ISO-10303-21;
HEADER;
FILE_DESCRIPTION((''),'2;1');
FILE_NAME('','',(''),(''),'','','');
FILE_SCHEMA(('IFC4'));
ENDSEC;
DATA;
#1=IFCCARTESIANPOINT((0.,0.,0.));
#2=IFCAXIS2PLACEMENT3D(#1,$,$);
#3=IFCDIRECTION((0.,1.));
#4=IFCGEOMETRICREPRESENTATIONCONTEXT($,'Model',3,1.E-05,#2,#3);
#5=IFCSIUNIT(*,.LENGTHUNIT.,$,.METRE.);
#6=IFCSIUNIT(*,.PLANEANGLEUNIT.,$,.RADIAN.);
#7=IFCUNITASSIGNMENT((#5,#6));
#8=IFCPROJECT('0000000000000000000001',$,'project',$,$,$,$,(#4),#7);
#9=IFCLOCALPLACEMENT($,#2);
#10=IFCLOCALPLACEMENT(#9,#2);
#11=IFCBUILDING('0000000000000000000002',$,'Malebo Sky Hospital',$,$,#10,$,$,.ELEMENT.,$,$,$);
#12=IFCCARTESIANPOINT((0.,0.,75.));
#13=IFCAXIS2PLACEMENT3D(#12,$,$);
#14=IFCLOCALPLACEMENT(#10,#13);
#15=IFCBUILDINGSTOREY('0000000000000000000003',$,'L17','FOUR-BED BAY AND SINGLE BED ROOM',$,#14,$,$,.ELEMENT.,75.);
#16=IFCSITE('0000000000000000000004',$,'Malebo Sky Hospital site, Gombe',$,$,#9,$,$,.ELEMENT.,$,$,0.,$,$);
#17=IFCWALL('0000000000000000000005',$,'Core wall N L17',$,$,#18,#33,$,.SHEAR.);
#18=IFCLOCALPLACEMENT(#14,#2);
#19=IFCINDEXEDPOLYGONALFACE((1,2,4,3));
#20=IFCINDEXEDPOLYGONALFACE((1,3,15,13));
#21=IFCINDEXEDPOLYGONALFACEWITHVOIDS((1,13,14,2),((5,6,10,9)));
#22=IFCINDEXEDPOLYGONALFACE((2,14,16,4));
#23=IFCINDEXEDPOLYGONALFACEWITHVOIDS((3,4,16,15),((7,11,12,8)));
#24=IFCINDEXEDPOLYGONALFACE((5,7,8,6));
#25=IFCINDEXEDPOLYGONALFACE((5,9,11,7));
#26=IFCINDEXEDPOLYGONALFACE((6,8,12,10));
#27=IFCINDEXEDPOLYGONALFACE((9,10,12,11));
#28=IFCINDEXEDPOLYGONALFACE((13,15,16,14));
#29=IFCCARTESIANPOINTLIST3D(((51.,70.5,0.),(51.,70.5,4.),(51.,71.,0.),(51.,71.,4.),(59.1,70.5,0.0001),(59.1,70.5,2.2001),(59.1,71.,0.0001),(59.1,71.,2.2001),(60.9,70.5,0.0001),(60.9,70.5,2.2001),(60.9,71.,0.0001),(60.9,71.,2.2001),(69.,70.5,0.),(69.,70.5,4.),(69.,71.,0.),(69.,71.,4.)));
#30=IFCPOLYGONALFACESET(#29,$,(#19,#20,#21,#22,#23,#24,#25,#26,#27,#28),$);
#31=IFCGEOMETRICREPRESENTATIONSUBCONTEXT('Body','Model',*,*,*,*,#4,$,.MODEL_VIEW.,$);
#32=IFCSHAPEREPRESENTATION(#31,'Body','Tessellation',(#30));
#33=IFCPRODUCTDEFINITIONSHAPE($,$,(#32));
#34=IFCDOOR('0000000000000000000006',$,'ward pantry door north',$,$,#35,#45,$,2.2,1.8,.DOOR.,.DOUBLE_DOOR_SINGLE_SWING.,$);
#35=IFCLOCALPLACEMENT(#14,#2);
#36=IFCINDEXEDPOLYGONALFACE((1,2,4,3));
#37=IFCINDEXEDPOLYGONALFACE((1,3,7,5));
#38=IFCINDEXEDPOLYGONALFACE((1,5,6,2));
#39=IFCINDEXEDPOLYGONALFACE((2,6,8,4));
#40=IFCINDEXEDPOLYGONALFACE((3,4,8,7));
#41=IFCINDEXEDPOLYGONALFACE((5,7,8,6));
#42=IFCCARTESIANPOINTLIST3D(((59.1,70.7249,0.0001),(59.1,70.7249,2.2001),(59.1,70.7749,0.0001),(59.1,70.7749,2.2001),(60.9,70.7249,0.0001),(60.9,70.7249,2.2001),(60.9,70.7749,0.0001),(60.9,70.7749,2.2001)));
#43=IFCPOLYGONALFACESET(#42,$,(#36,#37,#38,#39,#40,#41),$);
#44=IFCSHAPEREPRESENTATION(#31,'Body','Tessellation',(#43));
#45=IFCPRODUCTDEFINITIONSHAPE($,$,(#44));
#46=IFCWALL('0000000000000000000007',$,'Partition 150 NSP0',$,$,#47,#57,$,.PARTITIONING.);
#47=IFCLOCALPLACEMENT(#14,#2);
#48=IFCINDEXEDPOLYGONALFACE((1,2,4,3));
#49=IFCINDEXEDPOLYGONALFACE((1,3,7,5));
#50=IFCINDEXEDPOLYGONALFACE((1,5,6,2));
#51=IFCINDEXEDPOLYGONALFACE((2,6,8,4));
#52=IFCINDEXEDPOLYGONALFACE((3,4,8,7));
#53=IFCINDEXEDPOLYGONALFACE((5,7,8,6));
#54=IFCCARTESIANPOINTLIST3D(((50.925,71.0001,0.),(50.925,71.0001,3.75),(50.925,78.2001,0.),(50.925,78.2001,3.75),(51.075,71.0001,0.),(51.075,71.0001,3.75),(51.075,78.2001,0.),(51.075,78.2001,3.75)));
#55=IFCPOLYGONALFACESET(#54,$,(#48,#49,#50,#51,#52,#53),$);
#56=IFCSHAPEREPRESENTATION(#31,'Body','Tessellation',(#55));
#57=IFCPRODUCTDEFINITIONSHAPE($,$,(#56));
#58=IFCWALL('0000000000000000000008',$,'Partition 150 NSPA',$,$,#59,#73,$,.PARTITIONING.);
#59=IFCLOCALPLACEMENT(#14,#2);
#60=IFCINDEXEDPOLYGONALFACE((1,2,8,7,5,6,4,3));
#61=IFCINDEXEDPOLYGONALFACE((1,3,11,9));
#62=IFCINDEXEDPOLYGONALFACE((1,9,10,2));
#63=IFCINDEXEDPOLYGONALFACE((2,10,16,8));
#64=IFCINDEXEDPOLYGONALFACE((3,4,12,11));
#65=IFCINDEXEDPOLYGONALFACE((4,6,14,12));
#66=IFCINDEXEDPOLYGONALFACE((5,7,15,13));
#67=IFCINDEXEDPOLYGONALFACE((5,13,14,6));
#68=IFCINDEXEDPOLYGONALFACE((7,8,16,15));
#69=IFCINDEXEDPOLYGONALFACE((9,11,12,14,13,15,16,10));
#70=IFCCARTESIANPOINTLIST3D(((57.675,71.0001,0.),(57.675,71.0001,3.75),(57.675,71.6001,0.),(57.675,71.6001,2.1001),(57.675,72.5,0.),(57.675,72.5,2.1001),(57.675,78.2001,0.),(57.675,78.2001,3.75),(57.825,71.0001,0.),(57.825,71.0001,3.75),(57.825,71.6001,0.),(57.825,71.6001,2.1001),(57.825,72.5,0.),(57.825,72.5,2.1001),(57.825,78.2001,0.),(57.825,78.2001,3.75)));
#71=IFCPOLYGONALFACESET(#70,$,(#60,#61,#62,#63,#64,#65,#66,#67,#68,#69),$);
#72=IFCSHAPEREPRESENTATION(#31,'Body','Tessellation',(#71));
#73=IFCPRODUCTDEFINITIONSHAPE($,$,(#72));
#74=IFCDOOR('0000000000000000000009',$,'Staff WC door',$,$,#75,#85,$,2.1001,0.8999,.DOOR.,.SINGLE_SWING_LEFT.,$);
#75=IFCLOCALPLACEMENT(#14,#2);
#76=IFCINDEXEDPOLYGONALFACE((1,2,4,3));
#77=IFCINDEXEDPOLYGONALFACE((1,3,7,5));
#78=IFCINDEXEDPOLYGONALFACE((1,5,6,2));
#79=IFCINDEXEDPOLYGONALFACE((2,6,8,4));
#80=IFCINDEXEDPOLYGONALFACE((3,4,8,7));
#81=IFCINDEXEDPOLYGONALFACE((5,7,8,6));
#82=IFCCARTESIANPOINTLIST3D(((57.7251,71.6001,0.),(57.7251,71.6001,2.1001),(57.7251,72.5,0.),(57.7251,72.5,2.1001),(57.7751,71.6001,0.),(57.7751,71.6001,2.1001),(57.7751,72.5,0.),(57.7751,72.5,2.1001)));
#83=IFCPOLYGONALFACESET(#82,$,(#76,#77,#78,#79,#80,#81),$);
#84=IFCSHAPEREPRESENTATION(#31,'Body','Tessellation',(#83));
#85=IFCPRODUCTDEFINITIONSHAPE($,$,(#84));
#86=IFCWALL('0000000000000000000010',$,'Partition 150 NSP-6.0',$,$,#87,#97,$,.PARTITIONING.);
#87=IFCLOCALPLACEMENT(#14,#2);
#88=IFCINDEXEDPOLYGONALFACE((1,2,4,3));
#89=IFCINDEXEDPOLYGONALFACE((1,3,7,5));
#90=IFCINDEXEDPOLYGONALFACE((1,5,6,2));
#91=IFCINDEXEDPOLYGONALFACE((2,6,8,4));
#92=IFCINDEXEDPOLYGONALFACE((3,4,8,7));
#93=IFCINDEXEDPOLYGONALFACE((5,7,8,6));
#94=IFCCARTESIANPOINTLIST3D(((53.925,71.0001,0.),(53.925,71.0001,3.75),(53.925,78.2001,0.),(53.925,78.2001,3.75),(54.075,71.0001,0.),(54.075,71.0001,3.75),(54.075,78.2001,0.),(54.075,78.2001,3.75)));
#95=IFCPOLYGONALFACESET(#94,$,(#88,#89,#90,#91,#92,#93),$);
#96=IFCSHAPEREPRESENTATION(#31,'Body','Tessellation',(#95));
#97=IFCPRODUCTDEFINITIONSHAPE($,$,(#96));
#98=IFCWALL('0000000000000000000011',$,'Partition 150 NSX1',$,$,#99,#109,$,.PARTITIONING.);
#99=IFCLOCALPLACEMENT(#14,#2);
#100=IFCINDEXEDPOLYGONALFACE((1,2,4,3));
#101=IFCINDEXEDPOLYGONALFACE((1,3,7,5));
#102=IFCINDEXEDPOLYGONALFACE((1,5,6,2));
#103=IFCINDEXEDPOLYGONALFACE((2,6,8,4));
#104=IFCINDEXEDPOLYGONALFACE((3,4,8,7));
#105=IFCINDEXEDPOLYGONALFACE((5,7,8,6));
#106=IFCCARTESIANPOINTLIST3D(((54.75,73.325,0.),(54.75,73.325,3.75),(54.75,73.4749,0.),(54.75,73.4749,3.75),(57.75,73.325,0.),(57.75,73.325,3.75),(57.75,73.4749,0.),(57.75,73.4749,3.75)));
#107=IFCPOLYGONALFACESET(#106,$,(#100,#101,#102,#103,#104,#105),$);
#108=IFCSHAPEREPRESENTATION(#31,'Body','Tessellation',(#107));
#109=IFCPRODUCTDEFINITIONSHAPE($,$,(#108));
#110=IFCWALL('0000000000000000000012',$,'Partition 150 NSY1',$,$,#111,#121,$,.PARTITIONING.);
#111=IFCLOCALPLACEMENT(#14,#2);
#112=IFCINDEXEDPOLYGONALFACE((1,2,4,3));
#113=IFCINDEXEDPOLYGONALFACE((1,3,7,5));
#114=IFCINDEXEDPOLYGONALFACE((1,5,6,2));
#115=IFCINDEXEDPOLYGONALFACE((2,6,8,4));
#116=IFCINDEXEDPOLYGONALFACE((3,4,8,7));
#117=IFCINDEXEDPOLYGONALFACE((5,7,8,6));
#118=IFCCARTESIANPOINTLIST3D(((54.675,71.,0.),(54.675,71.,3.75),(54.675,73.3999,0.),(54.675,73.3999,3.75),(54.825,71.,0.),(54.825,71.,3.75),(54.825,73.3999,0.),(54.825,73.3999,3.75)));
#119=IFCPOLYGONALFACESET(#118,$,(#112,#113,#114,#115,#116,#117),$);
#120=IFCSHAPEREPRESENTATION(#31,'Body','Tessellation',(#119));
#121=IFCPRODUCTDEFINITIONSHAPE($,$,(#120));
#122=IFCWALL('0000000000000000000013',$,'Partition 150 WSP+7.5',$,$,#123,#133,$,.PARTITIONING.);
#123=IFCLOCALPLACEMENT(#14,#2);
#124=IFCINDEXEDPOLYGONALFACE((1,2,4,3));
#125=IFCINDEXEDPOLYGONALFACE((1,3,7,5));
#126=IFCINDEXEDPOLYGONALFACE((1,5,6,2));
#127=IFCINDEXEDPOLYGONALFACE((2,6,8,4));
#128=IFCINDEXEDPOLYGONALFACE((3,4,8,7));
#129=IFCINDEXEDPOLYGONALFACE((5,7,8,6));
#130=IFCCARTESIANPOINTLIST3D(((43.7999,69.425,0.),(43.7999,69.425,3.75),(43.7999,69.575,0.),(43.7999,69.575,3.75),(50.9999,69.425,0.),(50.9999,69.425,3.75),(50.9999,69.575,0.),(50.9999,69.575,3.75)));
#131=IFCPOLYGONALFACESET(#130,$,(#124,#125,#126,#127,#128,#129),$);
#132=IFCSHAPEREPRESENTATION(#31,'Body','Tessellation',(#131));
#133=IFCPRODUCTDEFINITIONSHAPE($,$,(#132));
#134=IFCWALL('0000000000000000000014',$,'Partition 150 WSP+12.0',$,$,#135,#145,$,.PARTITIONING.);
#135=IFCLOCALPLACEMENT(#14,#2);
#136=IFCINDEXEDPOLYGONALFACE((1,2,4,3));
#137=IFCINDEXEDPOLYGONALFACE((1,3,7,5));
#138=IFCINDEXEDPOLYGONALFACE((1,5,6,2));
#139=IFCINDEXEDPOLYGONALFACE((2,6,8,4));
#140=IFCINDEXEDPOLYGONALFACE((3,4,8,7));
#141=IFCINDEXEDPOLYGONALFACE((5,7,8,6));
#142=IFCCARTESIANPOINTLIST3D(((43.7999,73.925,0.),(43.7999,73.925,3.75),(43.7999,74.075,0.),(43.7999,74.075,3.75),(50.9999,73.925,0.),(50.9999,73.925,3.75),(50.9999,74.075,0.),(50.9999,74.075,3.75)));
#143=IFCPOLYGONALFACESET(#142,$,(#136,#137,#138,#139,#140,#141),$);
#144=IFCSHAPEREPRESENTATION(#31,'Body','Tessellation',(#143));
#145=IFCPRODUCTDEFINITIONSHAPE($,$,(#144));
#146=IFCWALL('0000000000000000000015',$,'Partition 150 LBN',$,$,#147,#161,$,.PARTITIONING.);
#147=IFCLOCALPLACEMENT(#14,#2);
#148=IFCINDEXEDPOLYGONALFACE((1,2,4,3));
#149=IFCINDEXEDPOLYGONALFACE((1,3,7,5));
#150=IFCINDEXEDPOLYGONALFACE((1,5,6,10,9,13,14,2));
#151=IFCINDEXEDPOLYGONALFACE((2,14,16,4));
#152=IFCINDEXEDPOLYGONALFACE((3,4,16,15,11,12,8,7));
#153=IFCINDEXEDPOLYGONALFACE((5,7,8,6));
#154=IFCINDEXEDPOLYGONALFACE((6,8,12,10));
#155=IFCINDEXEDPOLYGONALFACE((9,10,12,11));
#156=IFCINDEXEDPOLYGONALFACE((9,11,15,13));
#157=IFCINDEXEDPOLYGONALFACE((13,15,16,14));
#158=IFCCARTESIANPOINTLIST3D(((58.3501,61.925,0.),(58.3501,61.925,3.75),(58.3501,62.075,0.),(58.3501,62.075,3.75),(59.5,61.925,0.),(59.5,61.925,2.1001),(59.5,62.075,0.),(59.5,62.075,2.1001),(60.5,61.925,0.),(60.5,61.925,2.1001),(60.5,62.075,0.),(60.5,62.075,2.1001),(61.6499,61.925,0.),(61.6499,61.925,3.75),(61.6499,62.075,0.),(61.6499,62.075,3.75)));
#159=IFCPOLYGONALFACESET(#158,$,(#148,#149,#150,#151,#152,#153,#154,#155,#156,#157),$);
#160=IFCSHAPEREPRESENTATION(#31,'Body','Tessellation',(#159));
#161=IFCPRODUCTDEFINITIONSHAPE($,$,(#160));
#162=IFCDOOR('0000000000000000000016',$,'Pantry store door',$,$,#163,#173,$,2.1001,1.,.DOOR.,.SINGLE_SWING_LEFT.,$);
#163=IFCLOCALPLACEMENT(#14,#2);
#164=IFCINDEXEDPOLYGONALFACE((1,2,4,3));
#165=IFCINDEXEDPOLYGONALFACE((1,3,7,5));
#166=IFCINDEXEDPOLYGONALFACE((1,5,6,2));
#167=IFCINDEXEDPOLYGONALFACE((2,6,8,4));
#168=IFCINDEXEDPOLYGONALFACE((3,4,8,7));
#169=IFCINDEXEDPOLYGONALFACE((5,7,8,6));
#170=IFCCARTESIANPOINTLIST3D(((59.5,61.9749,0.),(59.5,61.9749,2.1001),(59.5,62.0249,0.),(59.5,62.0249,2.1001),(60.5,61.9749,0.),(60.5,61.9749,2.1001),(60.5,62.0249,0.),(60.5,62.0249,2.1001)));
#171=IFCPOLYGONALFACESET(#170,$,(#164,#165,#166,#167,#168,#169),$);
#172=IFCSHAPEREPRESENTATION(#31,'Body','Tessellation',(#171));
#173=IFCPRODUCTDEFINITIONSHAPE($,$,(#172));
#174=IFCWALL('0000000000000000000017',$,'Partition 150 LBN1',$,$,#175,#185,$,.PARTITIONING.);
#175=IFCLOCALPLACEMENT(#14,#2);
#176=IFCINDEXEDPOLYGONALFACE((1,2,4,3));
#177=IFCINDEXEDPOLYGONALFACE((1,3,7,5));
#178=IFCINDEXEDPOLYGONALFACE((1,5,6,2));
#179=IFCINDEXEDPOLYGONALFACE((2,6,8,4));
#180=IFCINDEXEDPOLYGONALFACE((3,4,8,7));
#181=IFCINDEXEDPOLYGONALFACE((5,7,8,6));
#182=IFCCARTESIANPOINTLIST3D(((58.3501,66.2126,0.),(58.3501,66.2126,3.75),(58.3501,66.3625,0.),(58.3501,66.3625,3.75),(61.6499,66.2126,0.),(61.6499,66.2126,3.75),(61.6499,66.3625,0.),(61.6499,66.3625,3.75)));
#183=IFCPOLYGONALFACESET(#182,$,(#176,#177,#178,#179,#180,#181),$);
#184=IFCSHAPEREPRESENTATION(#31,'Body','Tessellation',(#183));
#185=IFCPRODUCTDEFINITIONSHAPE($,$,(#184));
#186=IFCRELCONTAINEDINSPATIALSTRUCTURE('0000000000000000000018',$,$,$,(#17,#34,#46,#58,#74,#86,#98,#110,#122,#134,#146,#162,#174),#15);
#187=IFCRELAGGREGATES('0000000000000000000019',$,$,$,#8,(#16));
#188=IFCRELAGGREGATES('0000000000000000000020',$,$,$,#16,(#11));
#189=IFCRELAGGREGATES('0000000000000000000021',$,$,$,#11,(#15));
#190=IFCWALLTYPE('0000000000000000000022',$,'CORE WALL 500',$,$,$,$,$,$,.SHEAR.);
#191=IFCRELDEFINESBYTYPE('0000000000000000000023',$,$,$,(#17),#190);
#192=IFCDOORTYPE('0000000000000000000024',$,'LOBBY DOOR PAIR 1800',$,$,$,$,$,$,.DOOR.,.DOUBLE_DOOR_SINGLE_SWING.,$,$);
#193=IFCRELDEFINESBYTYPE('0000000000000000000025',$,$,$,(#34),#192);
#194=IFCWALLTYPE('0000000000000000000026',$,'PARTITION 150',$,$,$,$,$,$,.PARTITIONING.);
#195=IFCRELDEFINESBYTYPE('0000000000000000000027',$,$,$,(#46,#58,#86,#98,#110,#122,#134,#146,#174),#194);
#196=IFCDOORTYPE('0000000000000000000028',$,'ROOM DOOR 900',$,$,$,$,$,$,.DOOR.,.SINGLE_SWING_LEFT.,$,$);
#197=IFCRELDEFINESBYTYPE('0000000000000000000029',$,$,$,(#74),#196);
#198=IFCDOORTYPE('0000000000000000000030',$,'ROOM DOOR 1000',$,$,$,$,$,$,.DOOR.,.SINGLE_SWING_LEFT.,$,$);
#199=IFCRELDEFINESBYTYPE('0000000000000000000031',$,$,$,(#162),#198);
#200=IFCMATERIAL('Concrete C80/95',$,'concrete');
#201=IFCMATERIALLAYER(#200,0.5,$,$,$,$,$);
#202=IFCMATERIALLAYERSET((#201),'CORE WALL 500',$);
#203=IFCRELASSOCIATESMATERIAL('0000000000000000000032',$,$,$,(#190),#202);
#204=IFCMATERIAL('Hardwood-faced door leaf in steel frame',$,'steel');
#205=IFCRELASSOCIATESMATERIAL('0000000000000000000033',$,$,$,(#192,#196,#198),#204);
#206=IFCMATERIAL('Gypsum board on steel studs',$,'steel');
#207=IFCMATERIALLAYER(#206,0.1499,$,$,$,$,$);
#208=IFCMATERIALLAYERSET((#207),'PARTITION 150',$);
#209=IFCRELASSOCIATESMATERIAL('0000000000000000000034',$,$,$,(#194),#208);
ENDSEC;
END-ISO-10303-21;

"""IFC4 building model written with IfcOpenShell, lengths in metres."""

from ifc_helpers import new_model, si_unit, direction, frame, frame_2d, origin, place, context, subcontext, project, spatial, rectangle, extrude, material, layer, layer_set, type_object, element, fill, save


model = new_model("IFC4")

# Units and contexts
model_context = context("Model", 3, precision=1e-05, world=origin(), true_north=direction((0.0, 1.0)))
body_context = subcontext(model_context, "Body", "Model", "MODEL_VIEW")
ifc_project = project(units=[si_unit("LENGTHUNIT", "METRE"), si_unit("PLANEANGLEUNIT", "RADIAN")], contexts=[model_context])

# Site, building, storey
site_placement = place(None, origin())
site = spatial("IfcSite", under=ifc_project, at=site_placement, Name="Malebo Sky Hospital site, Gombe", CompositionType="ELEMENT", RefElevation=0.0)
building_placement = place(site_placement, origin())
building = spatial("IfcBuilding", under=site, at=building_placement, Name="Malebo Sky Hospital", CompositionType="ELEMENT")
storey_placement = place(building_placement, frame((0.0, 0.0, 75.0)))
storey = spatial("IfcBuildingStorey", under=building, at=storey_placement, Name="L17", Description="FOUR-BED BAY AND SINGLE BED ROOM", CompositionType="ELEMENT", Elevation=75.0)

# Shared definitions
ifc_material_1 = material(Name="Concrete C80/95", Category="concrete")

# Wall, opening, door
ifc_material_2 = material(Name="Hardwood-faced door leaf in steel frame", Category="steel")
ifc_layer_1 = layer(ifc_material_1, 0.5)
ifc_layer_set_1 = layer_set([ifc_layer_1], Name="CORE WALL 500")
wall_type_1 = type_object("IfcWallType", Name="CORE WALL 500", PredefinedType="SHEAR", material=ifc_layer_set_1)
wall_1_placement = place(storey_placement, frame((51.0, 70.75, 0.0), z_axis=(0.0, 0.0, 1.0), x_axis=(1.0, 0.0, 0.0)))
wall_1 = element("IfcWall", 1, at=wall_1_placement, inside=storey, type_object=wall_type_1, Name="Core wall N L17", PredefinedType="SHEAR", context=body_context, shape_type="SweptSolid", body=[
    extrude(rectangle(XDim=18.0, YDim=0.5, at=frame_2d((9.0, 0.0))), origin(), (0.0, 0.0, 1.0), 4.0),
])
opening_1_placement = place(wall_1_placement, frame((8.1001, 0.0, 0.0)))
opening_1 = element("IfcOpeningElement", 2, at=opening_1_placement, cuts=wall_1, PredefinedType="OPENING", context=body_context, shape_type="SweptSolid", body=[
    extrude(rectangle(XDim=1.8, YDim=2.2, at=frame_2d((0.8999, 1.1001))), frame((0.0, 0.26, 0.0), z_axis=(0.0, -1.0, 0.0), x_axis=(1.0, 0.0, 0.0)), (0.0, 0.0, 1.0), 0.52),
])
door_type_1 = type_object("IfcDoorType", Name="LOBBY DOOR PAIR 1800", OperationType="DOUBLE_DOOR_SINGLE_SWING", PredefinedType="DOOR", material=ifc_material_2)
door_1_placement = place(opening_1_placement, origin())
door_1 = element("IfcDoor", 3, at=door_1_placement, inside=storey, type_object=door_type_1, Name="ward pantry door north", OperationType="DOUBLE_DOOR_SINGLE_SWING", OverallHeight=2.2, OverallWidth=1.8, PredefinedType="DOOR", context=body_context, shape_type="SweptSolid", body=[
    extrude(rectangle(XDim=1.8, YDim=2.2, at=frame_2d((0.8999, 1.1001))), frame((0.0, 0.0249, 0.0), z_axis=(0.0, -1.0, 0.0), x_axis=(1.0, 0.0, 0.0)), (0.0, 0.0, 1.0), 0.05),
])
fill(opening_1, door_1)

# Wall
ifc_material_3 = material(Name="Gypsum board on steel studs", Category="steel")
ifc_layer_2 = layer(ifc_material_3, 0.1499)
ifc_layer_set_2 = layer_set([ifc_layer_2], Name="PARTITION 150")
wall_type_2 = type_object("IfcWallType", Name="PARTITION 150", PredefinedType="PARTITIONING", material=ifc_layer_set_2)
wall_2_placement = place(storey_placement, frame((51.0, 71.0, 0.0), z_axis=(0.0, 0.0, 1.0), x_axis=(0.0, 1.0, 0.0)))
element("IfcWall", 4, at=wall_2_placement, inside=storey, type_object=wall_type_2, Name="Partition 150 NSP0", PredefinedType="PARTITIONING", context=body_context, shape_type="SweptSolid", body=[
    extrude(rectangle(XDim=7.2, YDim=0.1499, at=frame_2d((3.6001, 0.0))), origin(), (0.0, 0.0, 1.0), 3.75),
])

# Wall, opening, door
wall_3_placement = place(storey_placement, frame((57.75, 71.0, 0.0), z_axis=(0.0, 0.0, 1.0), x_axis=(0.0, 1.0, 0.0)))
wall_3 = element("IfcWall", 5, at=wall_3_placement, inside=storey, type_object=wall_type_2, Name="Partition 150 NSPA", PredefinedType="PARTITIONING", context=body_context, shape_type="SweptSolid", body=[
    extrude(rectangle(XDim=7.2, YDim=0.1499, at=frame_2d((3.6001, 0.0))), origin(), (0.0, 0.0, 1.0), 3.75),
])
opening_2_placement = place(wall_3_placement, frame((0.6001, 0.0, 0.0)))
opening_2 = element("IfcOpeningElement", 6, at=opening_2_placement, cuts=wall_3, PredefinedType="OPENING", context=body_context, shape_type="SweptSolid", body=[
    extrude(rectangle(XDim=0.8999, YDim=2.1001, at=frame_2d((0.45, 1.05))), frame((0.0, 0.085, 0.0), z_axis=(0.0, -1.0, 0.0), x_axis=(1.0, 0.0, 0.0)), (0.0, 0.0, 1.0), 0.1699),
])
door_type_2 = type_object("IfcDoorType", Name="ROOM DOOR 900", OperationType="SINGLE_SWING_LEFT", PredefinedType="DOOR", material=ifc_material_2)
door_2_placement = place(opening_2_placement, origin())
door_2 = element("IfcDoor", 7, at=door_2_placement, inside=storey, type_object=door_type_2, Name="Staff WC door", OperationType="SINGLE_SWING_LEFT", OverallHeight=2.1001, OverallWidth=0.8999, PredefinedType="DOOR", context=body_context, shape_type="SweptSolid", body=[
    extrude(rectangle(XDim=0.8999, YDim=2.1001, at=frame_2d((0.45, 1.05))), frame((0.0, 0.0249, 0.0), z_axis=(0.0, -1.0, 0.0), x_axis=(1.0, 0.0, 0.0)), (0.0, 0.0, 1.0), 0.05),
])
fill(opening_2, door_2)

# Walls
wall_4_placement = place(storey_placement, frame((54.0, 71.0, 0.0), z_axis=(0.0, 0.0, 1.0), x_axis=(0.0, 1.0, 0.0)))
element("IfcWall", 8, at=wall_4_placement, inside=storey, type_object=wall_type_2, Name="Partition 150 NSP-6.0", PredefinedType="PARTITIONING", context=body_context, shape_type="SweptSolid", body=[
    extrude(rectangle(XDim=7.2, YDim=0.1499, at=frame_2d((3.6001, 0.0))), origin(), (0.0, 0.0, 1.0), 3.75),
])
wall_5_placement = place(storey_placement, frame((54.75, 73.3999, 0.0), z_axis=(0.0, 0.0, 1.0), x_axis=(1.0, 0.0, 0.0)))
element("IfcWall", 9, at=wall_5_placement, inside=storey, type_object=wall_type_2, Name="Partition 150 NSX1", PredefinedType="PARTITIONING", context=body_context, shape_type="SweptSolid", body=[
    extrude(rectangle(XDim=3.0, YDim=0.1499, at=frame_2d((1.5, 0.0))), origin(), (0.0, 0.0, 1.0), 3.75),
])
wall_6_placement = place(storey_placement, frame((54.75, 71.0, 0.0), z_axis=(0.0, 0.0, 1.0), x_axis=(0.0, 1.0, 0.0)))
element("IfcWall", 10, at=wall_6_placement, inside=storey, type_object=wall_type_2, Name="Partition 150 NSY1", PredefinedType="PARTITIONING", context=body_context, shape_type="SweptSolid", body=[
    extrude(rectangle(XDim=2.3999, YDim=0.1499, at=frame_2d((1.2, 0.0))), origin(), (0.0, 0.0, 1.0), 3.75),
])
for number, where, z_axis, x_axis, name in (
    (11, (51.0, 69.5, 0.0), (0.0, 0.0, 1.0), (-1.0, 0.0, 0.0), "Partition 150 WSP+7.5"),
    (12, (51.0, 74.0, 0.0), (0.0, 0.0, 1.0), (-1.0, 0.0, 0.0), "Partition 150 WSP+12.0"),
):
    element("IfcWall", number, at=place(storey_placement, frame(where, z_axis=z_axis, x_axis=x_axis)), inside=storey, type_object=wall_type_2, Name=name, PredefinedType="PARTITIONING", context=body_context, shape_type="SweptSolid", body=[
        extrude(rectangle(XDim=7.2, YDim=0.1499, at=frame_2d((3.6001, 0.0))), origin(), (0.0, 0.0, 1.0), 3.75),
    ])

# Wall, opening, door
wall_7_placement = place(storey_placement, frame((58.3501, 62.0, 0.0), z_axis=(0.0, 0.0, 1.0), x_axis=(1.0, 0.0, 0.0)))
wall_7 = element("IfcWall", 13, at=wall_7_placement, inside=storey, type_object=wall_type_2, Name="Partition 150 LBN", PredefinedType="PARTITIONING", context=body_context, shape_type="SweptSolid", body=[
    extrude(rectangle(XDim=3.2998, YDim=0.1499, at=frame_2d((1.6499, 0.0))), origin(), (0.0, 0.0, 1.0), 3.75),
])
opening_3_placement = place(wall_7_placement, frame((1.1499, 0.0, 0.0)))
opening_3 = element("IfcOpeningElement", 14, at=opening_3_placement, cuts=wall_7, PredefinedType="OPENING", context=body_context, shape_type="SweptSolid", body=[
    extrude(rectangle(XDim=1.0, YDim=2.1001, at=frame_2d((0.5, 1.05))), frame((0.0, 0.085, 0.0), z_axis=(0.0, -1.0, 0.0), x_axis=(1.0, 0.0, 0.0)), (0.0, 0.0, 1.0), 0.1699),
])
door_type_3 = type_object("IfcDoorType", Name="ROOM DOOR 1000", OperationType="SINGLE_SWING_LEFT", PredefinedType="DOOR", material=ifc_material_2)
door_3_placement = place(opening_3_placement, origin())
door_3 = element("IfcDoor", 15, at=door_3_placement, inside=storey, type_object=door_type_3, Name="Pantry store door", OperationType="SINGLE_SWING_LEFT", OverallHeight=2.1001, OverallWidth=1.0, PredefinedType="DOOR", context=body_context, shape_type="SweptSolid", body=[
    extrude(rectangle(XDim=1.0, YDim=2.1001, at=frame_2d((0.5, 1.05))), frame((0.0, 0.0249, 0.0), z_axis=(0.0, -1.0, 0.0), x_axis=(1.0, 0.0, 0.0)), (0.0, 0.0, 1.0), 0.05),
])
fill(opening_3, door_3)

# Wall
wall_8_placement = place(storey_placement, frame((58.3501, 66.2876, 0.0), z_axis=(0.0, 0.0, 1.0), x_axis=(1.0, 0.0, 0.0)))
element("IfcWall", 16, at=wall_8_placement, inside=storey, type_object=wall_type_2, Name="Partition 150 LBN1", PredefinedType="PARTITIONING", context=body_context, shape_type="SweptSolid", body=[
    extrude(rectangle(XDim=3.2998, YDim=0.1499, at=frame_2d((1.6499, 0.0))), origin(), (0.0, 0.0, 1.0), 3.75),
])

save(model, "model.ifc")
